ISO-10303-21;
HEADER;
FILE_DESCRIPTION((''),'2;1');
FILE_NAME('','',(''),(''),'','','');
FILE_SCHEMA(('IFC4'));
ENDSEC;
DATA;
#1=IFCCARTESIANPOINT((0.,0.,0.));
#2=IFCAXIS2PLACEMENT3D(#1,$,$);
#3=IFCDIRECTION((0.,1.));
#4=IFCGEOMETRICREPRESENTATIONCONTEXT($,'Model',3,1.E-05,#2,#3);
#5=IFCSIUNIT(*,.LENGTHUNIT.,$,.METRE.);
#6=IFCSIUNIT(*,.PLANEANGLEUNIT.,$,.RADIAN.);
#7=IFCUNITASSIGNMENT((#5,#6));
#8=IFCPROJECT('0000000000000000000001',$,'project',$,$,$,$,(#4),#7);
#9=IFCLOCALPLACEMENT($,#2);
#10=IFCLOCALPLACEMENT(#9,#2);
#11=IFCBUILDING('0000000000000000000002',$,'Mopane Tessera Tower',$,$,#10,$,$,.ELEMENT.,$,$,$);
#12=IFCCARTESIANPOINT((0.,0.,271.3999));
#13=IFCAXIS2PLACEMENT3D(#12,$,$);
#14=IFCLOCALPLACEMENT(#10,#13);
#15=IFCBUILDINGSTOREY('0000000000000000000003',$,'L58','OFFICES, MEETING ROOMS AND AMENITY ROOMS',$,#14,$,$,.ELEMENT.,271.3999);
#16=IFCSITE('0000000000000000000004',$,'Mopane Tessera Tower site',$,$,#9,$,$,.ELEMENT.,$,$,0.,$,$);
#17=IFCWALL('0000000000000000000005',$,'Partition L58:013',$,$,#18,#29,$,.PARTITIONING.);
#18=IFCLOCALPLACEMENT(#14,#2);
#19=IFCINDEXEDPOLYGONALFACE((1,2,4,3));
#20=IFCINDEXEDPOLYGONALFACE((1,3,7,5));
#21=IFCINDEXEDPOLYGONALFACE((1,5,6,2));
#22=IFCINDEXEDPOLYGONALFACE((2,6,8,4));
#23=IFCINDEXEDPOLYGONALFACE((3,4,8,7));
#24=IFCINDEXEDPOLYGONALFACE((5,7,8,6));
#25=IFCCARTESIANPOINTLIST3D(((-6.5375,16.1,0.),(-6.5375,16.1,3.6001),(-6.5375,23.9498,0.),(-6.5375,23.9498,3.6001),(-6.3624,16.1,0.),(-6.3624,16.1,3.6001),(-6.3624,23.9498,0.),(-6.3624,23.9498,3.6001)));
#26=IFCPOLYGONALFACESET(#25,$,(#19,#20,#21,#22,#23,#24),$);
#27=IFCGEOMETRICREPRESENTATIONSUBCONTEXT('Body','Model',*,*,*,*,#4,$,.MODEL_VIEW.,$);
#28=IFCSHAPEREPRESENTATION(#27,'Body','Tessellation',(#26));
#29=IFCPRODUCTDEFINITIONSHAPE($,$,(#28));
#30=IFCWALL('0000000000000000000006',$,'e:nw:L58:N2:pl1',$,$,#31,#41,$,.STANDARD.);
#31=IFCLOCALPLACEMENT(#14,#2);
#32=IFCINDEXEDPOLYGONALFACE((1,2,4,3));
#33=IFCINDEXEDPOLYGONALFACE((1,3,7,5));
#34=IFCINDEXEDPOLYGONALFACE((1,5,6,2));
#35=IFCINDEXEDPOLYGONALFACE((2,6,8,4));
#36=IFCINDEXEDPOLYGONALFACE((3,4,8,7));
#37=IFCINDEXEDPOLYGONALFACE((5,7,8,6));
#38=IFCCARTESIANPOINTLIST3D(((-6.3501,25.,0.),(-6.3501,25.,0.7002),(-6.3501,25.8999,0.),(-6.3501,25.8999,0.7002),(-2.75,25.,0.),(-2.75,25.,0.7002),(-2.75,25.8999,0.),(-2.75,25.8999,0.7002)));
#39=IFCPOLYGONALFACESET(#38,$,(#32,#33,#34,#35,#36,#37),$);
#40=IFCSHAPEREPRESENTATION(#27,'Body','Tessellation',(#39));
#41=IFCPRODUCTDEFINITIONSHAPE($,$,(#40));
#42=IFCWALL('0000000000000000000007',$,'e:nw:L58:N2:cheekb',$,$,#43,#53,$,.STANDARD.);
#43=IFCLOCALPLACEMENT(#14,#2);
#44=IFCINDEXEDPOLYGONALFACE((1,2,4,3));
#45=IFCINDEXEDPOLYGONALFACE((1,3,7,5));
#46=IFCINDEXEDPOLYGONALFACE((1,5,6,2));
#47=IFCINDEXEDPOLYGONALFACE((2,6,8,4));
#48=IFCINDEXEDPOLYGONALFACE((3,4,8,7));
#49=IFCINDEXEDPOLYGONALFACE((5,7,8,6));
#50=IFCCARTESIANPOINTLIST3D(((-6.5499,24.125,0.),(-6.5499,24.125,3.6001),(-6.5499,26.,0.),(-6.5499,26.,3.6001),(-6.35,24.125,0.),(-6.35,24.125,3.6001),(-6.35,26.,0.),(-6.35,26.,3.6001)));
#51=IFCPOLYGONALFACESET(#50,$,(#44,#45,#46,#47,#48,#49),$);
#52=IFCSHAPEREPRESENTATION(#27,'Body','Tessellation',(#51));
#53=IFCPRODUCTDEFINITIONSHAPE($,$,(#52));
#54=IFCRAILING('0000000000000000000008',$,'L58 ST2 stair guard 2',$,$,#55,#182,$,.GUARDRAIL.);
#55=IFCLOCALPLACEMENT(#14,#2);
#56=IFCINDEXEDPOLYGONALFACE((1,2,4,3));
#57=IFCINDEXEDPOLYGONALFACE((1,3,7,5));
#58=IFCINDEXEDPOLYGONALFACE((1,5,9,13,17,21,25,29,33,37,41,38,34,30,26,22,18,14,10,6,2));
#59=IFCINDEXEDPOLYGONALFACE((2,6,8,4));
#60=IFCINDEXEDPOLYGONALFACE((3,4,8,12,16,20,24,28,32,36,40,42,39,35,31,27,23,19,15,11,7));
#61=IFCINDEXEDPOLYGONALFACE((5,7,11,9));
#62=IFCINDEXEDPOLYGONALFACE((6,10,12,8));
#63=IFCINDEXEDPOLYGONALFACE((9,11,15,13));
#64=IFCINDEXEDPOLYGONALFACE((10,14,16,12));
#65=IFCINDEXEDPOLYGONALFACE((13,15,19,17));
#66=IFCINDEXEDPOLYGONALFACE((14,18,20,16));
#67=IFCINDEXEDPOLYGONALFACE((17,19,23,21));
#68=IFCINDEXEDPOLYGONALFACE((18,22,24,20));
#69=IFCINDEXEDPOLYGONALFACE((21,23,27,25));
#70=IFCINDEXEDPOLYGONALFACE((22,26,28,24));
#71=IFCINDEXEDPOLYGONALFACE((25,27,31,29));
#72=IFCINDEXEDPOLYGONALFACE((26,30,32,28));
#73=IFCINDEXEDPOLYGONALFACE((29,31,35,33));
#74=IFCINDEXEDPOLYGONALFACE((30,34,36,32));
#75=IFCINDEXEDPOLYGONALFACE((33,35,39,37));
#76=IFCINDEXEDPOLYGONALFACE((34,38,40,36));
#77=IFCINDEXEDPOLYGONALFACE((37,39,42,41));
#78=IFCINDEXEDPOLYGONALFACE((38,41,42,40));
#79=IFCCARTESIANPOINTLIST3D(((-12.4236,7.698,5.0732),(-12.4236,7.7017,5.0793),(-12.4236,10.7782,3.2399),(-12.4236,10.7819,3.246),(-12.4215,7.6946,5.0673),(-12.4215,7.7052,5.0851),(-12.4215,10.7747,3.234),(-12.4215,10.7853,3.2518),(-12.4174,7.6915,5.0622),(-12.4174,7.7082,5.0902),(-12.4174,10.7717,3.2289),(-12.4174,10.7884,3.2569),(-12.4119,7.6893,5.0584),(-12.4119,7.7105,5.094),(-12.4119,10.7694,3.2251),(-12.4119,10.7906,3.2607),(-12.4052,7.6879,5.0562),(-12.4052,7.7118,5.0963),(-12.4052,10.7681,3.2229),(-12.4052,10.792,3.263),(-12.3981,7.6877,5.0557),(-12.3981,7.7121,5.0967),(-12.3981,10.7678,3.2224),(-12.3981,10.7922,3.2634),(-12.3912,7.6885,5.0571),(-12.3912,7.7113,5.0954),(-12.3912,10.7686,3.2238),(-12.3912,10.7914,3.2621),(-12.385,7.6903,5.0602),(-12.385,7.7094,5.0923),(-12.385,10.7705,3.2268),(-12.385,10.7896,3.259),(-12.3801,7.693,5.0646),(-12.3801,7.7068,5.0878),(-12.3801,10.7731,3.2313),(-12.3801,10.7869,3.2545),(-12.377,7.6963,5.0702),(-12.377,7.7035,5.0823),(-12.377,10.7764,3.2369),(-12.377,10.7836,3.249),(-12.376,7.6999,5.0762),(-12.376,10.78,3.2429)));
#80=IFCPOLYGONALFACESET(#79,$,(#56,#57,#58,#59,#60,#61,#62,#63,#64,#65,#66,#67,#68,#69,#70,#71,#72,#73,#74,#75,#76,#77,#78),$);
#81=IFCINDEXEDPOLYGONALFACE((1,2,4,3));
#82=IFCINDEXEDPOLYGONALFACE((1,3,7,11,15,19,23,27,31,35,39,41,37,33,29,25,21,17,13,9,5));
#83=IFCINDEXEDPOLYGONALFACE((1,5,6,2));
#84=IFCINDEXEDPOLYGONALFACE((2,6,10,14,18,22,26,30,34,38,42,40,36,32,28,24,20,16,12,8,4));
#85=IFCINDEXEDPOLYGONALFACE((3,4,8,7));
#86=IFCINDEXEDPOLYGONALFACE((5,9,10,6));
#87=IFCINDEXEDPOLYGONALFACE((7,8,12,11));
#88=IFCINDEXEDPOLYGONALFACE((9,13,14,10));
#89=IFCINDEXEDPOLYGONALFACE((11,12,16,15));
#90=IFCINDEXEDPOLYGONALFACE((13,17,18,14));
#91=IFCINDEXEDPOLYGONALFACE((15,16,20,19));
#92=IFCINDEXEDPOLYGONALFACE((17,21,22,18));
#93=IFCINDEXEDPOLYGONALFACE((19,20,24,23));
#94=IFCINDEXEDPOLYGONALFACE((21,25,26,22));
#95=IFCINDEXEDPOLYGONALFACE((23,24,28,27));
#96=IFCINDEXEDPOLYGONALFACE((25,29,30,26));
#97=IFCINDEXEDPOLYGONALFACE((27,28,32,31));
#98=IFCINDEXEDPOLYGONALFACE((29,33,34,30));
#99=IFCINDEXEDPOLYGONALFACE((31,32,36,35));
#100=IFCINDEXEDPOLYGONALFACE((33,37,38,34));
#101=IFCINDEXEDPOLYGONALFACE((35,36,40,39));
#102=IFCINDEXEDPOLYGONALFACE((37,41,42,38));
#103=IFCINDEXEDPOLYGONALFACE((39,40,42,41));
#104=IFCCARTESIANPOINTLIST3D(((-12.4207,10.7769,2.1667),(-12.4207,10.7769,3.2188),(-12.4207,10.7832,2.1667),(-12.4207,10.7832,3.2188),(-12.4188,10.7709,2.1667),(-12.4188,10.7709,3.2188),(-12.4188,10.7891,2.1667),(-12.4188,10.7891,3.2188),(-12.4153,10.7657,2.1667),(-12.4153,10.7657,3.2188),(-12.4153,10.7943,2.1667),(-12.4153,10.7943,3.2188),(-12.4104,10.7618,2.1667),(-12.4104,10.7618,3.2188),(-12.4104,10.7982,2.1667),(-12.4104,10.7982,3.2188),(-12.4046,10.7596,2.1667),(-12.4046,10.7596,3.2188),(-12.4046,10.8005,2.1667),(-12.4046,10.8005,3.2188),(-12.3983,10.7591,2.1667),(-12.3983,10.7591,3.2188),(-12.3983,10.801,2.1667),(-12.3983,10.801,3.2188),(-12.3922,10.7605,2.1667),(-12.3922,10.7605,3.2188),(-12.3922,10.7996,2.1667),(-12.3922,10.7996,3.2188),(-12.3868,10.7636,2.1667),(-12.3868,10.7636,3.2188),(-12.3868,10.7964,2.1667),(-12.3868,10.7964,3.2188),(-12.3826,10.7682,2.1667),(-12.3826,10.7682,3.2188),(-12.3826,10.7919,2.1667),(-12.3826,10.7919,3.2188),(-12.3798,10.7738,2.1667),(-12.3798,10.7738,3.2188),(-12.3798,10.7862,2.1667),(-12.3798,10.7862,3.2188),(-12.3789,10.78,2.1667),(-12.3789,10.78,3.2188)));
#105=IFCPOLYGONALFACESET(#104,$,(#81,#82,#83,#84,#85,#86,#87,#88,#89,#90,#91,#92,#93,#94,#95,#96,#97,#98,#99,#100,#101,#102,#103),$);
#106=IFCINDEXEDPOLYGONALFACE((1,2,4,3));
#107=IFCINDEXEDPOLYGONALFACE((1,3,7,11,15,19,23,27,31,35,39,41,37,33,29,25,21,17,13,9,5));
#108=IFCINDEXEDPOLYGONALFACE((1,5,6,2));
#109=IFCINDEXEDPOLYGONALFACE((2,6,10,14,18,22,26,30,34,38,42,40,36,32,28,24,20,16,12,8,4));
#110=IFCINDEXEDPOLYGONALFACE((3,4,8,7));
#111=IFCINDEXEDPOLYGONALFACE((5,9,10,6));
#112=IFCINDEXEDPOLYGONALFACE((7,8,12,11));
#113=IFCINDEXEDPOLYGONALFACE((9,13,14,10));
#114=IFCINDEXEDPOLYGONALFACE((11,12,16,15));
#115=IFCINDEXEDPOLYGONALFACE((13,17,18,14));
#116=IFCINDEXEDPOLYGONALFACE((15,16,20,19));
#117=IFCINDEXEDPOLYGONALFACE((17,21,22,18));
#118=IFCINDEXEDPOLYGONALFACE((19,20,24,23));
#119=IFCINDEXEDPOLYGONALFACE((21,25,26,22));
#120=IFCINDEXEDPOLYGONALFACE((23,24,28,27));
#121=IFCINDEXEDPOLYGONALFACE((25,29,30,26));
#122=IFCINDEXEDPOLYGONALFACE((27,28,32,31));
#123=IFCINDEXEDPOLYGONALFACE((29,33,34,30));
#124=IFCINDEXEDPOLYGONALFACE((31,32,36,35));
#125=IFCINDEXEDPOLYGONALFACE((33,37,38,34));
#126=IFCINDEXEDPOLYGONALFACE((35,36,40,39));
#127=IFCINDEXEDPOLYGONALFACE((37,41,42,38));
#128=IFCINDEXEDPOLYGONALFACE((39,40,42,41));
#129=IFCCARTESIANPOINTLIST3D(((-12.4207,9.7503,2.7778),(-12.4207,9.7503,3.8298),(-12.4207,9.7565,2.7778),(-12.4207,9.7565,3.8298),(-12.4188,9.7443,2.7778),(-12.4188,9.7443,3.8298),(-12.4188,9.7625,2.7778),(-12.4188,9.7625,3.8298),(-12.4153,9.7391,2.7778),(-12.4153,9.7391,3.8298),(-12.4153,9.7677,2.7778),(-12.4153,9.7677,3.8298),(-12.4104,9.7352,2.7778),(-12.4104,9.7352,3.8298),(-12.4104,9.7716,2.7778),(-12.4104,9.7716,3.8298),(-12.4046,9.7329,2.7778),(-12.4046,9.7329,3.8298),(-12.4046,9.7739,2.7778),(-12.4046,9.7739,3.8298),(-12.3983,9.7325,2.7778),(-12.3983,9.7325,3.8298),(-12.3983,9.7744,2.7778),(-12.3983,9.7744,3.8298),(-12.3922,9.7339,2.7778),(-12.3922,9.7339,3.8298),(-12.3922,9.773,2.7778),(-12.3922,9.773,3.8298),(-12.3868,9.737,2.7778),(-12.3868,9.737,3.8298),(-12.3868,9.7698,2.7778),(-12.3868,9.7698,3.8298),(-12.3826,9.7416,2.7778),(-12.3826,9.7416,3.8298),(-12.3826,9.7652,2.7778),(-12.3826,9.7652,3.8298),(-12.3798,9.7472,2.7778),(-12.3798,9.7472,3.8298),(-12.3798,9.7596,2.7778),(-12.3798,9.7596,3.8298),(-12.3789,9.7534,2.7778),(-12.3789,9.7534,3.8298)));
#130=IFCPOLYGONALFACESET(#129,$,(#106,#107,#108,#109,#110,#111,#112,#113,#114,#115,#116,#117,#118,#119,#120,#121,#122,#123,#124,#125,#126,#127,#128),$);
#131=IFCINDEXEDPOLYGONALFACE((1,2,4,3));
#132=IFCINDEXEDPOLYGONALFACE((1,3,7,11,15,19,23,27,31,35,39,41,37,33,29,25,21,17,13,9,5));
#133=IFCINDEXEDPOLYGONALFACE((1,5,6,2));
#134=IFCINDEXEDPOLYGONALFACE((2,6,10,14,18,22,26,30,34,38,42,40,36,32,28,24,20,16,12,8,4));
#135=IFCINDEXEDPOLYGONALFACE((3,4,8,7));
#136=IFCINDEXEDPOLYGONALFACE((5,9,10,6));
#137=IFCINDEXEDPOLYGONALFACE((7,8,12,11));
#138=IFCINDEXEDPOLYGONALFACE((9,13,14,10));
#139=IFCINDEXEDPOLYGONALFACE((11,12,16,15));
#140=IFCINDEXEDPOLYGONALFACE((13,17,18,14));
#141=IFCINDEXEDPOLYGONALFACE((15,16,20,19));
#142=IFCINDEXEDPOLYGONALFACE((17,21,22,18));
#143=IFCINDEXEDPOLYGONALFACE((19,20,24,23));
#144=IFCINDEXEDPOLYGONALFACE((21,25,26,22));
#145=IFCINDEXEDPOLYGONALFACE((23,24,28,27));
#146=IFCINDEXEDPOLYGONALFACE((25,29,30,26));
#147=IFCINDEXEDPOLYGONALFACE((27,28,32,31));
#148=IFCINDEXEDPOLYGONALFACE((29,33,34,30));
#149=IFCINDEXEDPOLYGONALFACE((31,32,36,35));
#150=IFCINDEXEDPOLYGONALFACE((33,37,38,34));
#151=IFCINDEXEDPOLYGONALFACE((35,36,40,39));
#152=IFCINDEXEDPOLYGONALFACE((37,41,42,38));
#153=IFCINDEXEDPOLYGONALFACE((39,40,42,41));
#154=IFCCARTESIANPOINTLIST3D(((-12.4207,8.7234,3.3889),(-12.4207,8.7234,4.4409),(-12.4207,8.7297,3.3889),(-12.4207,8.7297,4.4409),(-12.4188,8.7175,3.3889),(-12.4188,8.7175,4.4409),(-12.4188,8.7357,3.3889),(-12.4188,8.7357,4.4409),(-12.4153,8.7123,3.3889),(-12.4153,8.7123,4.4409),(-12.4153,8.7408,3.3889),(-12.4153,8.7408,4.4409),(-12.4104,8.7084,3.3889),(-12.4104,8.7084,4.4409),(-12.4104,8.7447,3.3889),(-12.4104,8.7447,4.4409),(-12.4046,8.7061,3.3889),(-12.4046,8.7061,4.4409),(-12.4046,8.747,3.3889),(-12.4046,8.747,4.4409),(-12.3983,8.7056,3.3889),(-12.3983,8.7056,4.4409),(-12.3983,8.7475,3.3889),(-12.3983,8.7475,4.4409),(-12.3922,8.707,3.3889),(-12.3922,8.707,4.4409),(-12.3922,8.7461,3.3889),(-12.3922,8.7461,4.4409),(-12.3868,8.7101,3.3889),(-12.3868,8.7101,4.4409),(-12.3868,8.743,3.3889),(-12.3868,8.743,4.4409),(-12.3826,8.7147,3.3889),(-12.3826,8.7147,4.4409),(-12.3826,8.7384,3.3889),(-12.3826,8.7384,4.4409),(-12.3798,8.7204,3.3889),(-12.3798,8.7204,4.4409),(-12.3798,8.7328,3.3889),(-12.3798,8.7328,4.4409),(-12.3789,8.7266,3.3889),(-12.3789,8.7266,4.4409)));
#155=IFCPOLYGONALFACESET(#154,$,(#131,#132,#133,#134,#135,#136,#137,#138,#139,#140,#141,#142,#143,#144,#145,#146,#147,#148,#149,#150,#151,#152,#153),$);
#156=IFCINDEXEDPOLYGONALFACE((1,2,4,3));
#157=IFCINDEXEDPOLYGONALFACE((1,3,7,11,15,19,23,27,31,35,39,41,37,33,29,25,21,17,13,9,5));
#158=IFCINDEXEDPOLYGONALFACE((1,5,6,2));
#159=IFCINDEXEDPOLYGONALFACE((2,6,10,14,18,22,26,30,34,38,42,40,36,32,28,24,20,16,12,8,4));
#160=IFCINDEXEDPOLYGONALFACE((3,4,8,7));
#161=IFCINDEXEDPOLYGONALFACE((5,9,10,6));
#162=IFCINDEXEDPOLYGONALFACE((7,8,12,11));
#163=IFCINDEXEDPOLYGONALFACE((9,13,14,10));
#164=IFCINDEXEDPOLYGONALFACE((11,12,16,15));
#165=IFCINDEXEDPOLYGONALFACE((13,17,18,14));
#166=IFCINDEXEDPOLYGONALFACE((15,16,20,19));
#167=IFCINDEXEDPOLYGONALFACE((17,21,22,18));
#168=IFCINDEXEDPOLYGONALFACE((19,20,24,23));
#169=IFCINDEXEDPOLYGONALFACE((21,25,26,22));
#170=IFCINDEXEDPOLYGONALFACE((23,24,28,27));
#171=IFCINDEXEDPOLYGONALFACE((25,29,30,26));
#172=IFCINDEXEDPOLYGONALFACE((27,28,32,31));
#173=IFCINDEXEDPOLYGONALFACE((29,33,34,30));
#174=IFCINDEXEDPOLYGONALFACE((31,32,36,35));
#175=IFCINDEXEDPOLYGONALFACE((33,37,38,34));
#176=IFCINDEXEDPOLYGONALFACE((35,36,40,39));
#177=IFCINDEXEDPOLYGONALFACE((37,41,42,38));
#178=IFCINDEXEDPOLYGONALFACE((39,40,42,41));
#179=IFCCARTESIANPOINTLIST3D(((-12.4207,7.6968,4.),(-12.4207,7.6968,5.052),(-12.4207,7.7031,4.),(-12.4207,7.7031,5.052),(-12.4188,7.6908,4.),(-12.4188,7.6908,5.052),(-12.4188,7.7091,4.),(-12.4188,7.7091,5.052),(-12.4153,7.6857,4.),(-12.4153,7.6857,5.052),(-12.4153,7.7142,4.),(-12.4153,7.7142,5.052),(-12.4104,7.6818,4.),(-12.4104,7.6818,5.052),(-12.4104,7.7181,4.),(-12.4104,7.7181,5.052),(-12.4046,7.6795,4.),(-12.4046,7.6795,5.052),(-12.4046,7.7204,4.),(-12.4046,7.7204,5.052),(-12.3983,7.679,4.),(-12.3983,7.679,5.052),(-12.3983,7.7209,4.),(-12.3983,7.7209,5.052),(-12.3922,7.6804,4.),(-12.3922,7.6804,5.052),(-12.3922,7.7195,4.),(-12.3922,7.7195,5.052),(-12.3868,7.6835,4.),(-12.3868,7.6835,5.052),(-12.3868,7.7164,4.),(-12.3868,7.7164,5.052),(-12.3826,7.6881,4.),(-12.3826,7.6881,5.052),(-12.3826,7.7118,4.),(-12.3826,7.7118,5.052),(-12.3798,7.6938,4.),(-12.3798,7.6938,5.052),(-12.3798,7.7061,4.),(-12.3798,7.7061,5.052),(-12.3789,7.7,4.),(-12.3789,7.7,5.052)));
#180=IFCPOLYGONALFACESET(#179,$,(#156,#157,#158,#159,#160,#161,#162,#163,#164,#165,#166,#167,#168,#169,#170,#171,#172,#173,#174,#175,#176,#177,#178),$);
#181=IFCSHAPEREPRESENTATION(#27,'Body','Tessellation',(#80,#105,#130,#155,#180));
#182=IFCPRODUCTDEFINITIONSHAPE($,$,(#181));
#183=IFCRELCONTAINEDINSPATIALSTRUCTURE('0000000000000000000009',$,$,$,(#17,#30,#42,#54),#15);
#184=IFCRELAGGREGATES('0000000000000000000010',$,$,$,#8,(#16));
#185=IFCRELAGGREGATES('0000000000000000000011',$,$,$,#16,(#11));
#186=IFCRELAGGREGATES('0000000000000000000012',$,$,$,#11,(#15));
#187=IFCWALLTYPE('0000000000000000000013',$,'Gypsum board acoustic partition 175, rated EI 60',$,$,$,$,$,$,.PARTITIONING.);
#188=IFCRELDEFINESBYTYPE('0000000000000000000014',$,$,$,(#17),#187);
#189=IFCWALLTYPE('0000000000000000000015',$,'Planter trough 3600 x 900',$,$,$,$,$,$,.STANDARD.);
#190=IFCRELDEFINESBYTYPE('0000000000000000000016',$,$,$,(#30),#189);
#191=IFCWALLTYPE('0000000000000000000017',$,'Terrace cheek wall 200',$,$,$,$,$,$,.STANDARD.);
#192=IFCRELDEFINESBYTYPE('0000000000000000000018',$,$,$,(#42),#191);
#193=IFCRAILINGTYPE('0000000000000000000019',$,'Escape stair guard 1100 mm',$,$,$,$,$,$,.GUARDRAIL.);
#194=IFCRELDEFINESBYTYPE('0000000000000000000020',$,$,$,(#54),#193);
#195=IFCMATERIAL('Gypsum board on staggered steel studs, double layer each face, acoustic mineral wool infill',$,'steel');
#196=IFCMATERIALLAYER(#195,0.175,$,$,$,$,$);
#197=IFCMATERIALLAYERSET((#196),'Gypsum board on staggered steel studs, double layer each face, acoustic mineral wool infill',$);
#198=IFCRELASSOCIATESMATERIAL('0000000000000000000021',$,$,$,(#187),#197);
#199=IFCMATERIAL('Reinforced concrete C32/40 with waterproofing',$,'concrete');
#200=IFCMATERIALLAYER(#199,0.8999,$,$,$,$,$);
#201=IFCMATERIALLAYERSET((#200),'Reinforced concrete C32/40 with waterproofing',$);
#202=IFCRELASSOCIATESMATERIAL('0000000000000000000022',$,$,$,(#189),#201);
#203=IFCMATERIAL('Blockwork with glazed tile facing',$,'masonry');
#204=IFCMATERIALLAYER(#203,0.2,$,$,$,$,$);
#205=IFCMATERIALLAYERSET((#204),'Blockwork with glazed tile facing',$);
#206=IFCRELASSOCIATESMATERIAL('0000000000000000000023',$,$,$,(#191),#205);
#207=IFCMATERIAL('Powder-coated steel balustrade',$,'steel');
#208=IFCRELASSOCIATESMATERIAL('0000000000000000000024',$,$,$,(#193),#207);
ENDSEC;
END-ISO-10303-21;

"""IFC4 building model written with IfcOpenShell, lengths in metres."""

from ifc_helpers import new_model, si_unit, direction, frame, frame_2d, origin, origin_2d, place, context, subcontext, project, spatial, rectangle, circle, extrude, material, layer, layer_set, type_object, element, save


model = new_model("IFC4")

# Units and contexts
model_context = context("Model", 3, precision=1e-05, world=origin(), true_north=direction((0.0, 1.0)))
body_context = subcontext(model_context, "Body", "Model", "MODEL_VIEW")
ifc_project = project(units=[si_unit("LENGTHUNIT", "METRE"), si_unit("PLANEANGLEUNIT", "RADIAN")], contexts=[model_context])

# Site, building, storey
site_placement = place(None, origin())
site = spatial("IfcSite", under=ifc_project, at=site_placement, Name="Mopane Tessera Tower site", CompositionType="ELEMENT", RefElevation=0.0)
building_placement = place(site_placement, origin())
building = spatial("IfcBuilding", under=site, at=building_placement, Name="Mopane Tessera Tower", CompositionType="ELEMENT")
storey_placement = place(building_placement, frame((0.0, 0.0, 271.3999)))
storey = spatial("IfcBuildingStorey", under=building, at=storey_placement, Name="L58", Description="OFFICES, MEETING ROOMS AND AMENITY ROOMS", CompositionType="ELEMENT", Elevation=271.3999)

# Walls
ifc_material_1 = material(Name="Gypsum board on staggered steel studs, double layer each face, acoustic mineral wool infill", Category="steel")
ifc_layer_1 = layer(ifc_material_1, 0.175)
ifc_layer_set_1 = layer_set([ifc_layer_1], Name="Gypsum board on staggered steel studs, double layer each face, acoustic mineral wool infill")
wall_type_1 = type_object("IfcWallType", Name="Gypsum board acoustic partition 175, rated EI 60", PredefinedType="PARTITIONING", material=ifc_layer_set_1)
wall_1_placement = place(storey_placement, frame((-6.45, 16.1001, 0.0), z_axis=(0.0, 0.0, 1.0), x_axis=(0.0, 1.0, 0.0)))
element("IfcWall", 1, at=wall_1_placement, inside=storey, type_object=wall_type_1, Name="Partition L58:013", PredefinedType="PARTITIONING", context=body_context, shape_type="SweptSolid", body=[
    extrude(rectangle(XDim=7.8499, YDim=0.175, at=frame_2d((3.9248, 0.0))), origin(), (0.0, 0.0, 1.0), 3.6001),
])
ifc_material_2 = material(Name="Reinforced concrete C32/40 with waterproofing", Category="concrete")
ifc_layer_2 = layer(ifc_material_2, 0.8999)
ifc_layer_set_2 = layer_set([ifc_layer_2], Name="Reinforced concrete C32/40 with waterproofing")
wall_type_2 = type_object("IfcWallType", Name="Planter trough 3600 x 900", PredefinedType="STANDARD", material=ifc_layer_set_2)
wall_2_placement = place(storey_placement, frame((-2.75, 25.45, 0.0), z_axis=(0.0, 0.0, 1.0), x_axis=(-1.0, 0.0, 0.0)))
element("IfcWall", 2, at=wall_2_placement, inside=storey, type_object=wall_type_2, Name="e:nw:L58:N2:pl1", PredefinedType="STANDARD", context=body_context, shape_type="SweptSolid", body=[
    extrude(rectangle(XDim=3.6001, YDim=0.8999, at=frame_2d((1.8, 0.0))), origin(), (0.0, 0.0, 1.0), 0.7002),
])
ifc_material_3 = material(Name="Blockwork with glazed tile facing", Category="masonry")
ifc_layer_3 = layer(ifc_material_3, 0.2)
ifc_layer_set_3 = layer_set([ifc_layer_3], Name="Blockwork with glazed tile facing")
wall_type_3 = type_object("IfcWallType", Name="Terrace cheek wall 200", PredefinedType="STANDARD", material=ifc_layer_set_3)
wall_3_placement = place(storey_placement, frame((-6.45, 26.0, 0.0), z_axis=(0.0, 0.0, 1.0), x_axis=(0.0, -1.0, 0.0)))
element("IfcWall", 3, at=wall_3_placement, inside=storey, type_object=wall_type_3, Name="e:nw:L58:N2:cheekb", PredefinedType="STANDARD", context=body_context, shape_type="SweptSolid", body=[
    extrude(rectangle(XDim=1.875, YDim=0.2, at=frame_2d((0.9375, 0.0))), origin(), (0.0, 0.0, 1.0), 3.6001),
])

# Railing
ifc_material_4 = material(Name="Powder-coated steel balustrade", Category="steel")
railing_type = type_object("IfcRailingType", Name="Escape stair guard 1100 mm", PredefinedType="GUARDRAIL", material=ifc_material_4)
railing_placement = place(storey_placement, frame((-12.3999, 10.78, 2.1667)))
element("IfcRailing", 4, at=railing_placement, inside=storey, type_object=railing_type, Name="L58 ST2 stair guard 2", PredefinedType="GUARDRAIL", context=body_context, shape_type="SweptSolid", body=[
    extrude(circle(Radius=0.0239, at=origin_2d()), frame((0.0, 0.0, 1.0762), z_axis=(0.0, -0.859309, 0.511458), x_axis=(1.0, 0.0, 0.0)), (0.0, 0.0, 1.0), 3.5845),
    extrude(circle(Radius=0.021, at=origin_2d()), origin(), (0.0, 0.0, 1.0), 1.052),
    extrude(circle(Radius=0.021, at=origin_2d()), frame((0.0, -1.0266, 0.6111)), (0.0, 0.0, 1.0), 1.052),
    extrude(circle(Radius=0.021, at=origin_2d()), frame((0.0, -2.0535, 1.2222)), (0.0, 0.0, 1.0), 1.052),
    extrude(circle(Radius=0.021, at=origin_2d()), frame((0.0, -3.0801, 1.8333)), (0.0, 0.0, 1.0), 1.052),
])

save(model, "model.ifc")
